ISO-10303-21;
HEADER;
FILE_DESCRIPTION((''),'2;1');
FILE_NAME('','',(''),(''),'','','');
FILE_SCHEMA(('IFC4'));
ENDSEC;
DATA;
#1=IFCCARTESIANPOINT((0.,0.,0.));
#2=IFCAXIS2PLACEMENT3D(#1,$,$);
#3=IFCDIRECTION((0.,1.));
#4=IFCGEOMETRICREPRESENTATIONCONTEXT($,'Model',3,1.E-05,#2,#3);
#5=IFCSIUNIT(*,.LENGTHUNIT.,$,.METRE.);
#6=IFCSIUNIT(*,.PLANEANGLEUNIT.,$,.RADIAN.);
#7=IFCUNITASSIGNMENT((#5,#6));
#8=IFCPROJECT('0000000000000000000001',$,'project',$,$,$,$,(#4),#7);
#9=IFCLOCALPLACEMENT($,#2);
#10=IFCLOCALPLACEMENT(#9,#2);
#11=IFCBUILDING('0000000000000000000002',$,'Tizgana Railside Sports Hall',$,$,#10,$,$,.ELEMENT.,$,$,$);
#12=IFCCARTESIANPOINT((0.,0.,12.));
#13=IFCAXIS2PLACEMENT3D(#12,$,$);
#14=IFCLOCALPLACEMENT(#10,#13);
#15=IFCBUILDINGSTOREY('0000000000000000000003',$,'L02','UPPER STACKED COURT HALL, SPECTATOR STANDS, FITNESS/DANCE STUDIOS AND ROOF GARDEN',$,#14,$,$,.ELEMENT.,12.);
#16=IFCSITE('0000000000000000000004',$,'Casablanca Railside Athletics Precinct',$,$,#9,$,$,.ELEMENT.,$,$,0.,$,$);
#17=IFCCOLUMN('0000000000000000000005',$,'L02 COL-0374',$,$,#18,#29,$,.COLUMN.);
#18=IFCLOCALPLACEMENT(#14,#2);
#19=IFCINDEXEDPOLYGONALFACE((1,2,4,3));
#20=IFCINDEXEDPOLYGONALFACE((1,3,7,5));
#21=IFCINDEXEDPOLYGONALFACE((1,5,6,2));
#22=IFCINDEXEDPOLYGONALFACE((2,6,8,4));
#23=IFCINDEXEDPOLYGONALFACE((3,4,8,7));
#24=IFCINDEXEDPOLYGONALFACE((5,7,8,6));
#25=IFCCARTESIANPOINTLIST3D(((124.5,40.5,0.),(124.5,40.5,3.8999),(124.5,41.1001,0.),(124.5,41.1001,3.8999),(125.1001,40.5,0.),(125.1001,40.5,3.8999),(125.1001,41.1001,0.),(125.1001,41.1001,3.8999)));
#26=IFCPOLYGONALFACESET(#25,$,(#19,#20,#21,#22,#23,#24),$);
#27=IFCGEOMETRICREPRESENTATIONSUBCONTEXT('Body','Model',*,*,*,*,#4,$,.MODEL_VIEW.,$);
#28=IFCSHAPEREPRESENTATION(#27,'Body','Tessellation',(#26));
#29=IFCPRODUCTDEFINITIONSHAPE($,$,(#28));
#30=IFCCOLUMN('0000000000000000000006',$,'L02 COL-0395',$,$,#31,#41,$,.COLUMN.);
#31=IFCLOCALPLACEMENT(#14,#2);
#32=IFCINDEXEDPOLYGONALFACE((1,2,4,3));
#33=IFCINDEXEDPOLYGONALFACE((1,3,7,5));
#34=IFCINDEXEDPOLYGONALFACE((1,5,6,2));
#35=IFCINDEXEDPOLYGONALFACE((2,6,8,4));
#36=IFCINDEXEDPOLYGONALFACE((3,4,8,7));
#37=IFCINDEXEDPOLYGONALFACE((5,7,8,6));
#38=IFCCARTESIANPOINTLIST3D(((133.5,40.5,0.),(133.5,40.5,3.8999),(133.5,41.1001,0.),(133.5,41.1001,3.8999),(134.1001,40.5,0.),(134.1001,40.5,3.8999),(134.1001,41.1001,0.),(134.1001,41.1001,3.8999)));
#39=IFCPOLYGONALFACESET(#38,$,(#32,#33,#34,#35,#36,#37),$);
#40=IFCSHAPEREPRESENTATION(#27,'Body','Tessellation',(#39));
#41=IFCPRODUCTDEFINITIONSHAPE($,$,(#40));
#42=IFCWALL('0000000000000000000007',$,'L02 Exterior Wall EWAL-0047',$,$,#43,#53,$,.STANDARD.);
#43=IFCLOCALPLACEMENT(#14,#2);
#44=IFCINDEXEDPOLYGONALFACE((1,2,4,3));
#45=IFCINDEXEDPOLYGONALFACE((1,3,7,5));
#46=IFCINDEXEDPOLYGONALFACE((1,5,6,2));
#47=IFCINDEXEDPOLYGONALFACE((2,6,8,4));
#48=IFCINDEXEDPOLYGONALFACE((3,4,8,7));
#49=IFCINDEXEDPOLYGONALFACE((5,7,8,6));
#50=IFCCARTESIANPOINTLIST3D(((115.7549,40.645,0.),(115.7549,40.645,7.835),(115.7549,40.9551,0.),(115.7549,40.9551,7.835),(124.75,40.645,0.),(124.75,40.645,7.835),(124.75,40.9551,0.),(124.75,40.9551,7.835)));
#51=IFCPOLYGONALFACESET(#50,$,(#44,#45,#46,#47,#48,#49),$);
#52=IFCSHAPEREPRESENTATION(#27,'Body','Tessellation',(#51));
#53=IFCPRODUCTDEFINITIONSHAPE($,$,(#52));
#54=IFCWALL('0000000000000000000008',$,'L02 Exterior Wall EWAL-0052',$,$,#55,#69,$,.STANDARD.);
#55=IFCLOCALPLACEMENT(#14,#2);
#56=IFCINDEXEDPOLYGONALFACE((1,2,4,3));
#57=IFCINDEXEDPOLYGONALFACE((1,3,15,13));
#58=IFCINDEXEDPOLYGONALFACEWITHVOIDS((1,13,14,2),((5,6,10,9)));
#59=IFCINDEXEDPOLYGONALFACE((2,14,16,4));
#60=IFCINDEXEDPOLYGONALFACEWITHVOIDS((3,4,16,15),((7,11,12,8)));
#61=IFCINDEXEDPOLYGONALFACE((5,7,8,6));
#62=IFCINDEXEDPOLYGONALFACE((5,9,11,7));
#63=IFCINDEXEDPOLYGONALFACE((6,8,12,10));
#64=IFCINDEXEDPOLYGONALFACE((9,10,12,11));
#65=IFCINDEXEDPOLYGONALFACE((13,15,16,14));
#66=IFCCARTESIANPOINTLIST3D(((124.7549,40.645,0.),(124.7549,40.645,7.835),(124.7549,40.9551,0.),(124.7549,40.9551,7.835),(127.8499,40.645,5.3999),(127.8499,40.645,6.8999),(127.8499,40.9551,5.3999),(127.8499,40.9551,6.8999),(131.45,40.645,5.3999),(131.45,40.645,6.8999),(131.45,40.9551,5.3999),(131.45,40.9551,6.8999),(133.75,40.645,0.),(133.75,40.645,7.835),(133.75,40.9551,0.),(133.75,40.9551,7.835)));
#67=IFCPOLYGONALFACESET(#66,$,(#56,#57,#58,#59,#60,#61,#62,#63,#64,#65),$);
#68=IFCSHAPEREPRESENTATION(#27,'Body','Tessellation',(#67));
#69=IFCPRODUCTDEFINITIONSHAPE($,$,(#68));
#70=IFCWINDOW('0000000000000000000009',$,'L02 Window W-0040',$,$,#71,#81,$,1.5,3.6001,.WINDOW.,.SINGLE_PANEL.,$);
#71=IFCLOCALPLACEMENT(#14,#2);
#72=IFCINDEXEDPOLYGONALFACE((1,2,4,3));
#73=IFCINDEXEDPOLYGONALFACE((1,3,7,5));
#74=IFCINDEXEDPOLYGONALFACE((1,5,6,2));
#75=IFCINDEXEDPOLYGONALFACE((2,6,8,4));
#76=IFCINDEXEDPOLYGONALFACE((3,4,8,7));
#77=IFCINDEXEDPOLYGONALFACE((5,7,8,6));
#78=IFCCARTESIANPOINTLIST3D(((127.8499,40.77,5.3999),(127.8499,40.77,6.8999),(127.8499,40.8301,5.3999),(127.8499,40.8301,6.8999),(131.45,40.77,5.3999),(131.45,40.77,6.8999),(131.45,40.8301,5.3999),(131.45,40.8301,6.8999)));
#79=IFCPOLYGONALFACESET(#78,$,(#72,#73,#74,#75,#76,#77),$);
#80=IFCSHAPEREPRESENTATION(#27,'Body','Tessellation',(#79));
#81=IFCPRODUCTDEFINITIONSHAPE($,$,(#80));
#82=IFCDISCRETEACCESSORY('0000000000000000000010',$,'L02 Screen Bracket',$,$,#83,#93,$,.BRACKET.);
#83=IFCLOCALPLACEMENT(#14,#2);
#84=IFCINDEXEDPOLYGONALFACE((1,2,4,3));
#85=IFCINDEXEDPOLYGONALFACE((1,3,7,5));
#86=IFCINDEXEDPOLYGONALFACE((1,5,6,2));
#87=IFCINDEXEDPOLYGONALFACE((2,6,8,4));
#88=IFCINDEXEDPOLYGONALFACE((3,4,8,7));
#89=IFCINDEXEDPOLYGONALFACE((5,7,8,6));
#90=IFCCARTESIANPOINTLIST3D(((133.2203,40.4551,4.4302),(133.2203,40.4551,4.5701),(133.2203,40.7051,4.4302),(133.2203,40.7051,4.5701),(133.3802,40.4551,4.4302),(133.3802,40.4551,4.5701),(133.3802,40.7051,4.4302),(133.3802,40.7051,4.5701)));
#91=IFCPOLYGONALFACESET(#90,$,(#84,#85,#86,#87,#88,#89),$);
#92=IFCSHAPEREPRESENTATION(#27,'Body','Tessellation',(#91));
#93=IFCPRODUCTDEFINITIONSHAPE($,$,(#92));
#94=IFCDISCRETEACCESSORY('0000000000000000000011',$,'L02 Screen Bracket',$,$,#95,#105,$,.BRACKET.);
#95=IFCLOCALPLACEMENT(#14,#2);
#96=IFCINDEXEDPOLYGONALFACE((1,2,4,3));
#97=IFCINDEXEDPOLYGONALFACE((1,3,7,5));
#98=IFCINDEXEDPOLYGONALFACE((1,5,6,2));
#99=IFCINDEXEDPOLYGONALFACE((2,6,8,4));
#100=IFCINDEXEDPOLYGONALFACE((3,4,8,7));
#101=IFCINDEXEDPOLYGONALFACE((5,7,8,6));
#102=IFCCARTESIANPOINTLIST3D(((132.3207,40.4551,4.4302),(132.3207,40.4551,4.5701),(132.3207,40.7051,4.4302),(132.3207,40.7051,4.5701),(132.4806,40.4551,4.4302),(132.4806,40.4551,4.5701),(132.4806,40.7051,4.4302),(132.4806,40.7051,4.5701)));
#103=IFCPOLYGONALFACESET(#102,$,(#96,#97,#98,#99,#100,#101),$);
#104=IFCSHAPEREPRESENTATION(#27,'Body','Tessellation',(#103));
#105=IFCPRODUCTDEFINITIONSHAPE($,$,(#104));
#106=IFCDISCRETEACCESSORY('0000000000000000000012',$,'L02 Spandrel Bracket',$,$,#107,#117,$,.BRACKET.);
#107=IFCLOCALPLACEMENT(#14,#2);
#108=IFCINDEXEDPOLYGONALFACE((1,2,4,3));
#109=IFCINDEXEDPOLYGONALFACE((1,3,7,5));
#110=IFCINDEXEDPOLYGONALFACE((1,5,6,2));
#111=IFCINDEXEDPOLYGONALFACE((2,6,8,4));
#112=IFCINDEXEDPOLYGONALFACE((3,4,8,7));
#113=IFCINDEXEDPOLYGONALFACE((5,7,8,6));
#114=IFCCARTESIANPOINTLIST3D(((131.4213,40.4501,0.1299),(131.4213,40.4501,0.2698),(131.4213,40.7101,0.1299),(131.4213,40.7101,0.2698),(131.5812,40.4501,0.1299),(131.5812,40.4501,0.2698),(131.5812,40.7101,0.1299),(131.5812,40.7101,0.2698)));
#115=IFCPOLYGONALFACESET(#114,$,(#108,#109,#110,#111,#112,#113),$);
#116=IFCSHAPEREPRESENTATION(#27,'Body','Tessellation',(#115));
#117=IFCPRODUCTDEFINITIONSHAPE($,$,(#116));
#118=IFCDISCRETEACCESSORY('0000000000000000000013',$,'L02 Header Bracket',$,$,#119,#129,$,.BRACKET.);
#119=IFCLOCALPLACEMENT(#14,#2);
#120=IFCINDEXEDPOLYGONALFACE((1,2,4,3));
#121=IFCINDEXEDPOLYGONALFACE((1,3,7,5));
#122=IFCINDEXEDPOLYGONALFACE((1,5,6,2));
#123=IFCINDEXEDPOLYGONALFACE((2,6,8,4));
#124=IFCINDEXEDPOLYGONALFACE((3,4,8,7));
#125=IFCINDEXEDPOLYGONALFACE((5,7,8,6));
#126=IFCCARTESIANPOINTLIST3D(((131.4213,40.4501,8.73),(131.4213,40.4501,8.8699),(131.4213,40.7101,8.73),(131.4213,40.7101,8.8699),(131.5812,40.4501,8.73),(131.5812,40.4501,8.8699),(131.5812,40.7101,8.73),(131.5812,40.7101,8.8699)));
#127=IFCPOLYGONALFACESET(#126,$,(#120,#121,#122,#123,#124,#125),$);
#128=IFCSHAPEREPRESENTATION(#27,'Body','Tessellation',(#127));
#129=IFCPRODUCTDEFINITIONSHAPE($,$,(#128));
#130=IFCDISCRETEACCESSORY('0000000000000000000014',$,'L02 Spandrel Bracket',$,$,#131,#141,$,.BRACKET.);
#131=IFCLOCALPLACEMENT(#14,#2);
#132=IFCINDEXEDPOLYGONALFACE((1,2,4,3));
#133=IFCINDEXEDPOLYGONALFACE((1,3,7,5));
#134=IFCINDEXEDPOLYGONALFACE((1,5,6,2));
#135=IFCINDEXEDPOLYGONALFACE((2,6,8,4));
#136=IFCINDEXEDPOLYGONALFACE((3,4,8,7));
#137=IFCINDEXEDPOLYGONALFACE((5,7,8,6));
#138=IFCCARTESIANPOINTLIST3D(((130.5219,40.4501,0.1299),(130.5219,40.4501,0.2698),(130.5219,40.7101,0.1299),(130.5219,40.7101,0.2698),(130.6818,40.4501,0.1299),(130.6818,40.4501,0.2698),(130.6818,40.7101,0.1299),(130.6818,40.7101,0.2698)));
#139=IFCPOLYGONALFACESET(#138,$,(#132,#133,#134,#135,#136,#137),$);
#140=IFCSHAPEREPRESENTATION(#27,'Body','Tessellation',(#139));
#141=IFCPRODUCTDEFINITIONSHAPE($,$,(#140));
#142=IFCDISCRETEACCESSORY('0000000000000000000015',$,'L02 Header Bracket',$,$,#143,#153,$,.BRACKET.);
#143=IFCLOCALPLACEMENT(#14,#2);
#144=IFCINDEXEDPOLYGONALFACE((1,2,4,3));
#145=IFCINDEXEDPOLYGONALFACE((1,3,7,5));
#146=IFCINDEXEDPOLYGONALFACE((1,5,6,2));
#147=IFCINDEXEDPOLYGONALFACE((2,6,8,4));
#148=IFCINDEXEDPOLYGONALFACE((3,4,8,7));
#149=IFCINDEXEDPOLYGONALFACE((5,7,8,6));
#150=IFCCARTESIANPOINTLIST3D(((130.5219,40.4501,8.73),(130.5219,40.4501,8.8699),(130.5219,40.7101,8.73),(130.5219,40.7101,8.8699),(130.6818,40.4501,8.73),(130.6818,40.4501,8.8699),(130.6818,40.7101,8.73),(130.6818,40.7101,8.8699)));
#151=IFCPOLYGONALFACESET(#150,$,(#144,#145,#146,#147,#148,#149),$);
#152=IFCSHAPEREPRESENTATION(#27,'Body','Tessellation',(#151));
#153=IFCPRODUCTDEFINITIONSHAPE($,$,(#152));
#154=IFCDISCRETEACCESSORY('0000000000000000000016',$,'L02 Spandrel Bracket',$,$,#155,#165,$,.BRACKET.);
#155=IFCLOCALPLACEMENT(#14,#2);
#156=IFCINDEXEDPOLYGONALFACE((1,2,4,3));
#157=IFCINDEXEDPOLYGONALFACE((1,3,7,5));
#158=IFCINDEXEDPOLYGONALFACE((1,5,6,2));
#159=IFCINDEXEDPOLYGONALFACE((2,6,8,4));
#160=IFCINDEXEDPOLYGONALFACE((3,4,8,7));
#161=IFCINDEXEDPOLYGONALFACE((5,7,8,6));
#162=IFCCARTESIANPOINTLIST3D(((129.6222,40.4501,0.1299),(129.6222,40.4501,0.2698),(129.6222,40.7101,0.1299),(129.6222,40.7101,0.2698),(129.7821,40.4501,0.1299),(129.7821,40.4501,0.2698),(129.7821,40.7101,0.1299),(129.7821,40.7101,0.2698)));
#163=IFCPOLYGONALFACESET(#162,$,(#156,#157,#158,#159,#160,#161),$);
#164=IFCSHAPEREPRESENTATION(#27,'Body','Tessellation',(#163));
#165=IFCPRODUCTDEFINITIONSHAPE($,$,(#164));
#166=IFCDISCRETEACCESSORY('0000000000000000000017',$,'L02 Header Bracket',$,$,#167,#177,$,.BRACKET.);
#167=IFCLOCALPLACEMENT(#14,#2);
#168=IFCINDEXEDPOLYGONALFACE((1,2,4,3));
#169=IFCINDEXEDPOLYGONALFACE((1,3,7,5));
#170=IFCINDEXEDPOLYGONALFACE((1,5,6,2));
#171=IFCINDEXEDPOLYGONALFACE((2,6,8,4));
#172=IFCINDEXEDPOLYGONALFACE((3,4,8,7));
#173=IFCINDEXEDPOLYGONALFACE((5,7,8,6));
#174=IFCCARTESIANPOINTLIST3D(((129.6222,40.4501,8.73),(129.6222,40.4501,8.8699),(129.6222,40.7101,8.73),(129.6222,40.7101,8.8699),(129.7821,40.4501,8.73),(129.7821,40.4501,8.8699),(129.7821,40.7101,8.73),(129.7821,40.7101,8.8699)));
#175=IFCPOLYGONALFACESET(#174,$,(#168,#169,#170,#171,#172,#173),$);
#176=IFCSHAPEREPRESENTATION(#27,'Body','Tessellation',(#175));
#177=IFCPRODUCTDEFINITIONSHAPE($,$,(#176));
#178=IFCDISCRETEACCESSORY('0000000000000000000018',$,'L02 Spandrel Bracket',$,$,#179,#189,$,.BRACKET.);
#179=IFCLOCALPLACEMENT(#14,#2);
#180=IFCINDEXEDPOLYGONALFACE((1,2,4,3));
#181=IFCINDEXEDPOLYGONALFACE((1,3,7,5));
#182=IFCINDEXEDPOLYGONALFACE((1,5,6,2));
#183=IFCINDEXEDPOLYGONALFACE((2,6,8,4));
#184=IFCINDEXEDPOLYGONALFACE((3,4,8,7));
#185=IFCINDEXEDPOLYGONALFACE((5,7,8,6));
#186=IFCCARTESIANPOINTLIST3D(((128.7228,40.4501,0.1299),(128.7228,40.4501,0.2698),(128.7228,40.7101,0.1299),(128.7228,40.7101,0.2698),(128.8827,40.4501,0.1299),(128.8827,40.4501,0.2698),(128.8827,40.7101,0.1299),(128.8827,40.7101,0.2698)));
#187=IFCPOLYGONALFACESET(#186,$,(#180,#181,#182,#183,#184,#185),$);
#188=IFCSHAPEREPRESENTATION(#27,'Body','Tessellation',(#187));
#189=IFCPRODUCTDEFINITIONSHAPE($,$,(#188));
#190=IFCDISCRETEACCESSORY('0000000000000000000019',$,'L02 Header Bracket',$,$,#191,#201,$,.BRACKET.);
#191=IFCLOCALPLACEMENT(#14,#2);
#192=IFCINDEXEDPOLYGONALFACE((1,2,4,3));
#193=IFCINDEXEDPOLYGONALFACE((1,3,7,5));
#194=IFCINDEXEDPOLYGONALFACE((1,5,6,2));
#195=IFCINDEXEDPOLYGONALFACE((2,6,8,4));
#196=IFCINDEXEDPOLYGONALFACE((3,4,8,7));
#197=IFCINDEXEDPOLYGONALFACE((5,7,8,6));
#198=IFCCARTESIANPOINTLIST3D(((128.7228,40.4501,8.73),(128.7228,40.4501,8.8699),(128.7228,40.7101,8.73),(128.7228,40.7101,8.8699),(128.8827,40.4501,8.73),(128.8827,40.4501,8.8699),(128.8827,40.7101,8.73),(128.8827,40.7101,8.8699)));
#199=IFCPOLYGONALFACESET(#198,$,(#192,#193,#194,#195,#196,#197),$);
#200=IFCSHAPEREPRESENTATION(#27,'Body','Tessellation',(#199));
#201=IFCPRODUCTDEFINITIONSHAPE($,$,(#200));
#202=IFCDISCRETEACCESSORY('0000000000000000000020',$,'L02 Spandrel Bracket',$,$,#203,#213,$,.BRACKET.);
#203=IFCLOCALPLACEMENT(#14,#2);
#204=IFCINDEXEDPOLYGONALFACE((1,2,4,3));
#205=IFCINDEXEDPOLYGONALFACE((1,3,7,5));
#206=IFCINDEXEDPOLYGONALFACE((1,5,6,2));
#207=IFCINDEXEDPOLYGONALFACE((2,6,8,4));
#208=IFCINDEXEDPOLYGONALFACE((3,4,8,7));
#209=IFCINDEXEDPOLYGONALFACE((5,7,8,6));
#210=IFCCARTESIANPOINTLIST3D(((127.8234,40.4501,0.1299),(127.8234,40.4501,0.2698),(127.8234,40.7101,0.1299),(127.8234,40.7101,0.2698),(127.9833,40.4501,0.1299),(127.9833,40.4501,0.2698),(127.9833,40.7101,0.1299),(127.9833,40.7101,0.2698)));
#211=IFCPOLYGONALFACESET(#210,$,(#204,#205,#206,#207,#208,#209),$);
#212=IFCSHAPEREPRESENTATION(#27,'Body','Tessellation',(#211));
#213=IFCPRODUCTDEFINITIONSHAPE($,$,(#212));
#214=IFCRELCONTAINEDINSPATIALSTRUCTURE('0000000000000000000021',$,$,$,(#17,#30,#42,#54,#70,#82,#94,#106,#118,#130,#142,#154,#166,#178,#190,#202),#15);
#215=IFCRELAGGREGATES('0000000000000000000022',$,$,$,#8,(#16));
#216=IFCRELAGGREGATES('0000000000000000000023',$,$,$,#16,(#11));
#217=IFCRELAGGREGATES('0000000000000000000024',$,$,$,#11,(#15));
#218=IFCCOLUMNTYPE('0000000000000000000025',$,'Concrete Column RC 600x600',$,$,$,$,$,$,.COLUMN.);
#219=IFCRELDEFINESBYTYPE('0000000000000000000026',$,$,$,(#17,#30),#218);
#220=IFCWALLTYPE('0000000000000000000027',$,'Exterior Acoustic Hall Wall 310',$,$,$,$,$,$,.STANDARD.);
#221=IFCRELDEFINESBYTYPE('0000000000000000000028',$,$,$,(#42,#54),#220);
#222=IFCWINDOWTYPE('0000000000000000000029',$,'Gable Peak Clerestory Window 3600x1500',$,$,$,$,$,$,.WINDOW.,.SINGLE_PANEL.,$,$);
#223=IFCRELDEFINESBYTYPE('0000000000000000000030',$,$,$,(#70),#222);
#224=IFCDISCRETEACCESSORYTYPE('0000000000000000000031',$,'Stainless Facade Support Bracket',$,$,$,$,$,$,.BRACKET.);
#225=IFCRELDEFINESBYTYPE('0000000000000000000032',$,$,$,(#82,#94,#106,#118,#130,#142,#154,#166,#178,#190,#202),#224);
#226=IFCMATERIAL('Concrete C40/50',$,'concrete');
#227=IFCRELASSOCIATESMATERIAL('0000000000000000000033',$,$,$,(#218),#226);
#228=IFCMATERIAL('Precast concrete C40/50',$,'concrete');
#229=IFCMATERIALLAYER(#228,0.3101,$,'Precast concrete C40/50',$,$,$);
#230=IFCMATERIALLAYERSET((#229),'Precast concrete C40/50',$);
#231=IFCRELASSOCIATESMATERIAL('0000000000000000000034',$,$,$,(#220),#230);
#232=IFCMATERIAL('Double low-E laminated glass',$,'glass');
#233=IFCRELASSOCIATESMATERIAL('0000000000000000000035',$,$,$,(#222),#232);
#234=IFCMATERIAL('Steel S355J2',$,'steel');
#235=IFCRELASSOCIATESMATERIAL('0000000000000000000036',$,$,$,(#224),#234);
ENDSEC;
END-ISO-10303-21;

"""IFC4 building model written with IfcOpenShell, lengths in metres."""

from ifc_helpers import new_model, si_unit, direction, frame, frame_2d, origin, origin_2d, place, context, subcontext, project, spatial, rectangle, extrude, material, layer, layer_set, material_profile, profile_set, type_object, element, fill, save


model = new_model("IFC4")

# Units and contexts
model_context = context("Model", 3, precision=1e-05, world=origin(), true_north=direction((0.0, 1.0)))
body_context = subcontext(model_context, "Body", "Model", "MODEL_VIEW")
ifc_project = project(units=[si_unit("LENGTHUNIT", "METRE"), si_unit("PLANEANGLEUNIT", "RADIAN")], contexts=[model_context])

# Site, building, storey
site_placement = place(None, origin())
site = spatial("IfcSite", under=ifc_project, at=site_placement, Name="Casablanca Railside Athletics Precinct", CompositionType="ELEMENT", RefElevation=0.0)
building_placement = place(site_placement, origin())
building = spatial("IfcBuilding", under=site, at=building_placement, Name="Tizgana Railside Sports Hall", CompositionType="ELEMENT")
storey_placement = place(building_placement, frame((0.0, 0.0, 12.0)))
storey = spatial("IfcBuildingStorey", under=building, at=storey_placement, Name="L02", Description="UPPER STACKED COURT HALL, SPECTATOR STANDS, FITNESS/DANCE STUDIOS AND ROOF GARDEN", CompositionType="ELEMENT", Elevation=12.0)

# Columns
ifc_material_1 = material(Name="Concrete C40/50", Category="concrete")
ifc_material_profile = material_profile(ifc_material_1, rectangle(XDim=0.6001, YDim=0.6001, at=origin_2d()), Name="RC 600x600")
ifc_profile_set = profile_set([ifc_material_profile], Name="Concrete C40/50")
column_type = type_object("IfcColumnType", Name="Concrete Column RC 600x600", PredefinedType="COLUMN", material=ifc_profile_set)
for number, where, z_axis, x_axis, name in (
    (1, (124.8, 40.8, 0.0), (0.0, 0.0, 1.0), (1.0, 0.0, 0.0), "L02 COL-0374"),
    (2, (133.8, 40.8, 0.0), (0.0, 0.0, 1.0), (1.0, 0.0, 0.0), "L02 COL-0395"),
):
    element("IfcColumn", number, at=place(storey_placement, frame(where, z_axis=z_axis, x_axis=x_axis)), inside=storey, type_object=column_type, Name=name, PredefinedType="COLUMN", context=body_context, shape_type="SweptSolid", body=[
        extrude(rectangle(XDim=0.6001, YDim=0.6001, at=origin_2d()), origin(), (0.0, 0.0, 1.0), 3.8999),
    ])

# Wall
ifc_material_2 = material(Name="Precast concrete C40/50", Category="concrete")
ifc_layer = layer(ifc_material_2, 0.3101, Name="Precast concrete C40/50")
ifc_layer_set = layer_set([ifc_layer], Name="Precast concrete C40/50")
wall_type = type_object("IfcWallType", Name="Exterior Acoustic Hall Wall 310", PredefinedType="STANDARD", material=ifc_layer_set)
wall_1_placement = place(storey_placement, frame((124.75, 40.8, 0.0), z_axis=(0.0, 0.0, 1.0), x_axis=(-1.0, 0.0, 0.0)))
element("IfcWall", 3, at=wall_1_placement, inside=storey, type_object=wall_type, Name="L02 Exterior Wall EWAL-0047", PredefinedType="STANDARD", context=body_context, shape_type="SweptSolid", body=[
    extrude(rectangle(XDim=8.9951, YDim=0.3101, at=frame_2d((4.4976, 0.0))), origin(), (0.0, 0.0, 1.0), 7.835),
])

# Wall, opening, window
wall_2_placement = place(storey_placement, frame((133.75, 40.8, 0.0), z_axis=(0.0, 0.0, 1.0), x_axis=(-1.0, 0.0, 0.0)))
wall_2 = element("IfcWall", 4, at=wall_2_placement, inside=storey, type_object=wall_type, Name="L02 Exterior Wall EWAL-0052", PredefinedType="STANDARD", context=body_context, shape_type="SweptSolid", body=[
    extrude(rectangle(XDim=8.9951, YDim=0.3101, at=frame_2d((4.4976, 0.0))), origin(), (0.0, 0.0, 1.0), 7.835),
])
opening_placement = place(wall_2_placement, frame((2.3, 0.0, 5.3999)))
opening = element("IfcOpeningElement", 5, at=opening_placement, cuts=wall_2, PredefinedType="OPENING", context=body_context, shape_type="SweptSolid", body=[
    extrude(rectangle(XDim=3.6001, YDim=1.5, at=frame_2d((1.8, 0.75))), frame((0.0, 0.165, 0.0), z_axis=(0.0, -1.0, 0.0), x_axis=(1.0, 0.0, 0.0)), (0.0, 0.0, 1.0), 0.3301),
])
ifc_material_3 = material(Name="Double low-E laminated glass", Category="glass")
window_type = type_object("IfcWindowType", Name="Gable Peak Clerestory Window 3600x1500", PartitioningType="SINGLE_PANEL", PredefinedType="WINDOW", material=ifc_material_3)
window_placement = place(opening_placement, origin())
window = element("IfcWindow", 6, at=window_placement, inside=storey, type_object=window_type, Name="L02 Window W-0040", OverallHeight=1.5, OverallWidth=3.6001, PartitioningType="SINGLE_PANEL", PredefinedType="WINDOW", context=body_context, shape_type="SweptSolid", body=[
    extrude(rectangle(XDim=3.6001, YDim=1.5, at=frame_2d((1.8, 0.75))), frame((0.0, 0.03, 0.0), z_axis=(0.0, -1.0, 0.0), x_axis=(1.0, 0.0, 0.0)), (0.0, 0.0, 1.0), 0.0601),
])
fill(opening, window)

# Discrete accessories
ifc_material_4 = material(Name="Steel S355J2", Category="steel")
discrete_accessory_type = type_object("IfcDiscreteAccessoryType", Name="Stainless Facade Support Bracket", PredefinedType="BRACKET", material=ifc_material_4)
for number, where, z_axis, x_axis, name in (
    (7, (133.3003, 40.5801, 4.4302), (0.0, 0.0, 1.0), (-1.0, 0.0, 0.0), "L02 Screen Bracket"),
    (8, (132.4006, 40.5801, 4.4302), (0.0, 0.0, 1.0), (-1.0, 0.0, 0.0), "L02 Screen Bracket"),
):
    element("IfcDiscreteAccessory", number, at=place(storey_placement, frame(where, z_axis=z_axis, x_axis=x_axis)), inside=storey, type_object=discrete_accessory_type, Name=name, PredefinedType="BRACKET", context=body_context, shape_type="SweptSolid", body=[
        extrude(rectangle(XDim=0.1599, YDim=0.25, at=origin_2d()), origin(), (0.0, 0.0, 1.0), 0.1399),
    ])
for number, where, z_axis, x_axis, name in (
    (9, (131.5012, 40.5801, 0.1299), (0.0, 0.0, 1.0), (-1.0, 0.0, 0.0), "L02 Spandrel Bracket"),
    (10, (131.5012, 40.5801, 8.73), (0.0, 0.0, 1.0), (-1.0, 0.0, 0.0), "L02 Header Bracket"),
    (11, (130.6018, 40.5801, 0.1299), (0.0, 0.0, 1.0), (-1.0, 0.0, 0.0), "L02 Spandrel Bracket"),
    (12, (130.6018, 40.5801, 8.73), (0.0, 0.0, 1.0), (-1.0, 0.0, 0.0), "L02 Header Bracket"),
    (13, (129.7021, 40.5801, 0.1299), (0.0, 0.0, 1.0), (-1.0, 0.0, 0.0), "L02 Spandrel Bracket"),
    (14, (129.7021, 40.5801, 8.73), (0.0, 0.0, 1.0), (-1.0, 0.0, 0.0), "L02 Header Bracket"),
    (15, (128.8027, 40.5801, 0.1299), (0.0, 0.0, 1.0), (-1.0, 0.0, 0.0), "L02 Spandrel Bracket"),
    (16, (128.8027, 40.5801, 8.73), (0.0, 0.0, 1.0), (-1.0, 0.0, 0.0), "L02 Header Bracket"),
    (17, (127.9033, 40.5801, 0.1299), (0.0, 0.0, 1.0), (-1.0, 0.0, 0.0), "L02 Spandrel Bracket"),
):
    element("IfcDiscreteAccessory", number, at=place(storey_placement, frame(where, z_axis=z_axis, x_axis=x_axis)), inside=storey, type_object=discrete_accessory_type, Name=name, PredefinedType="BRACKET", context=body_context, shape_type="SweptSolid", body=[
        extrude(rectangle(XDim=0.1599, YDim=0.26, at=origin_2d()), origin(), (0.0, 0.0, 1.0), 0.1399),
    ])

save(model, "model.ifc")
